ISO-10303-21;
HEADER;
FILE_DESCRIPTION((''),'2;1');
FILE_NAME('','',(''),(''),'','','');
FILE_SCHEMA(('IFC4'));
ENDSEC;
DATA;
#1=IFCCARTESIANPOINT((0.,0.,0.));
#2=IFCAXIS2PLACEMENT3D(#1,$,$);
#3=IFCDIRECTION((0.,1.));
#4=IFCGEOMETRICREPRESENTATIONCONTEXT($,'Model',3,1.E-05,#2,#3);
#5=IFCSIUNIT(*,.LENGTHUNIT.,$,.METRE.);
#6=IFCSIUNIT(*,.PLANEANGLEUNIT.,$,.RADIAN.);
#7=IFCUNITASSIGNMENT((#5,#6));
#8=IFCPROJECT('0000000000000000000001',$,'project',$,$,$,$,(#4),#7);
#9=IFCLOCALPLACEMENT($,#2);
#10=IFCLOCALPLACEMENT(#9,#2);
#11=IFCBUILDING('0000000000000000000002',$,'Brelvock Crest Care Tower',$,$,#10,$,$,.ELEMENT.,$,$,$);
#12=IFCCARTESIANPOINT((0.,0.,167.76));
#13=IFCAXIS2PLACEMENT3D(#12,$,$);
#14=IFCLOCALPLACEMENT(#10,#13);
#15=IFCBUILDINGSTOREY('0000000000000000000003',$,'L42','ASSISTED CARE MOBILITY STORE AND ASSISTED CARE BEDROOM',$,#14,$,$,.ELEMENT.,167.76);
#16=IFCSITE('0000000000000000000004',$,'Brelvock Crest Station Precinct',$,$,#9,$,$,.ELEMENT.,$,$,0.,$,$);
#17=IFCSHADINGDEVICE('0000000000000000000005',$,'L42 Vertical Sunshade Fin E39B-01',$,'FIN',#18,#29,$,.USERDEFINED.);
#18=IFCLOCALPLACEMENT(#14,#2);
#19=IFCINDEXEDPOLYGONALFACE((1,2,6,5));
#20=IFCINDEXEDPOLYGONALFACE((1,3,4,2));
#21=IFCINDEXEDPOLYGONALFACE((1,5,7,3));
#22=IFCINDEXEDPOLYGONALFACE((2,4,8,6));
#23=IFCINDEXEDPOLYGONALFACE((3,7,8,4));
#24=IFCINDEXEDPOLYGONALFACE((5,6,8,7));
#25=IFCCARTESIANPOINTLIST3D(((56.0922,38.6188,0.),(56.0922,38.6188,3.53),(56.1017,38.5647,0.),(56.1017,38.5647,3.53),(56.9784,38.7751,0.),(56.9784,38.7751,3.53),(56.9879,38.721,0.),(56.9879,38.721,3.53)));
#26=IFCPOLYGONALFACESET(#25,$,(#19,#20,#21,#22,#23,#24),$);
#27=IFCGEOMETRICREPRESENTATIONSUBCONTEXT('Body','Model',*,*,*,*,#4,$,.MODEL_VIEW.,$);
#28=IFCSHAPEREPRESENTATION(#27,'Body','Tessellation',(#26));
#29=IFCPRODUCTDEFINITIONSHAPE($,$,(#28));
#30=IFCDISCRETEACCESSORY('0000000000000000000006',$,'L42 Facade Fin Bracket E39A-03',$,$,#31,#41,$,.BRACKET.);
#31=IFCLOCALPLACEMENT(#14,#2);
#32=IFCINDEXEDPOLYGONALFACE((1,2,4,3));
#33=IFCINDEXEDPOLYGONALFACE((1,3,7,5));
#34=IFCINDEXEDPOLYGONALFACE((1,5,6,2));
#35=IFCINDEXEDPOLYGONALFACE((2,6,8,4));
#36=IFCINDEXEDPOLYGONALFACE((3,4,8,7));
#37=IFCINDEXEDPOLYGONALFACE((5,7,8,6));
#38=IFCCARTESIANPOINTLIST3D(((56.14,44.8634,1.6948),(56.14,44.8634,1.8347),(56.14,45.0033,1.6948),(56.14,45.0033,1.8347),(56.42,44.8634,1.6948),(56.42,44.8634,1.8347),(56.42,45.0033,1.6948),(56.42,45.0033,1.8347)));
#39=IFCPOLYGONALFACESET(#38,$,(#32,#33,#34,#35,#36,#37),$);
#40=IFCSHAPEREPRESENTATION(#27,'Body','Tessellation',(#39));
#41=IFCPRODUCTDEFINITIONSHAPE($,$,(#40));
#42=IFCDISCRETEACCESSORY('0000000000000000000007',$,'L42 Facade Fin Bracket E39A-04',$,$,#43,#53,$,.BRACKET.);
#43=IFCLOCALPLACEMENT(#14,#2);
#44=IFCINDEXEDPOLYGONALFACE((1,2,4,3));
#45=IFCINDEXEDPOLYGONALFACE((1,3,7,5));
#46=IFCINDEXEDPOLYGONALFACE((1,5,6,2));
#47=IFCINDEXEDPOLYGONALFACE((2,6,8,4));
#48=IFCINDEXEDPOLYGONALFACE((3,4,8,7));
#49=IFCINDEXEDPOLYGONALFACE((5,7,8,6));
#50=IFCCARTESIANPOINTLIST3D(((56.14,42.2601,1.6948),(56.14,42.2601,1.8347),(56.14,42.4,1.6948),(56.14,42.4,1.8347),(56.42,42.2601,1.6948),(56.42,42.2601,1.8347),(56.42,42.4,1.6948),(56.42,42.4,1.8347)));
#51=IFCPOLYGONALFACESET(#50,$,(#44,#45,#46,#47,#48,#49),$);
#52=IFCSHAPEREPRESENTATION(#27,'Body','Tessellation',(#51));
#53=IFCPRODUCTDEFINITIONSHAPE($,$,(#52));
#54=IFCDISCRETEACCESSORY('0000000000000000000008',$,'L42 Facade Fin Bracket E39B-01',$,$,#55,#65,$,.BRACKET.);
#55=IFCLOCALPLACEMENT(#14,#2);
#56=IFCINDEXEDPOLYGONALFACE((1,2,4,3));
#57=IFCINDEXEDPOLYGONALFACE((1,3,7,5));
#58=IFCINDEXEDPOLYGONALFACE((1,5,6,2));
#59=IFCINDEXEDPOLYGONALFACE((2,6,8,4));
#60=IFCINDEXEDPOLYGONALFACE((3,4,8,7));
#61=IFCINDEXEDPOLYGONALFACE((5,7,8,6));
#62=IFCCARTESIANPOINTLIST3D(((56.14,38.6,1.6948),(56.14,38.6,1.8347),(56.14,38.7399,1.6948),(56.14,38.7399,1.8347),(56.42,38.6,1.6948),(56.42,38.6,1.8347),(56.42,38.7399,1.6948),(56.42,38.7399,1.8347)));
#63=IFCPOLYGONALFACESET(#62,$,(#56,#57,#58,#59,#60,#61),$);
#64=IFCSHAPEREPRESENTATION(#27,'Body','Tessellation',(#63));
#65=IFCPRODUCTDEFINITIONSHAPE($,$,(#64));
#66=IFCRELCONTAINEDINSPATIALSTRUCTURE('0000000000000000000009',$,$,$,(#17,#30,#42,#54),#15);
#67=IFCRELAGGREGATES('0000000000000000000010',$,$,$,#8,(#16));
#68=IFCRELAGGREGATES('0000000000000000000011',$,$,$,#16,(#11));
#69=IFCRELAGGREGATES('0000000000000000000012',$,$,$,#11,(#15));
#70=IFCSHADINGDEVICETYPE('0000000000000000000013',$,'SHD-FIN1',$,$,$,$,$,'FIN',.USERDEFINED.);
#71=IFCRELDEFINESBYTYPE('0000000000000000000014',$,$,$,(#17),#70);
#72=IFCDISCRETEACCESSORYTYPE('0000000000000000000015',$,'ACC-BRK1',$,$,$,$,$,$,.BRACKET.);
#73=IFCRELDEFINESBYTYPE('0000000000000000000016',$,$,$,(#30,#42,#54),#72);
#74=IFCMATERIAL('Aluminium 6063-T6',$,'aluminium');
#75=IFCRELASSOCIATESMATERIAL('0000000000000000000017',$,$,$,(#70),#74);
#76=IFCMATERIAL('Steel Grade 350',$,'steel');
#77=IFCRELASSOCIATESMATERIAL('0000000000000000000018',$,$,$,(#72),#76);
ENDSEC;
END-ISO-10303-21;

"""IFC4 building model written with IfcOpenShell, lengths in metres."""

from ifc_helpers import new_model, si_unit, direction, frame, origin, origin_2d, place, context, subcontext, project, spatial, rectangle, extrude, source, transform, mapped, material, material_profile, profile_set, type_object, element, save


model = new_model("IFC4")

# Units and contexts
model_context = context("Model", 3, precision=1e-05, world=origin(), true_north=direction((0.0, 1.0)))
body_context = subcontext(model_context, "Body", "Model", "MODEL_VIEW")
ifc_project = project(units=[si_unit("LENGTHUNIT", "METRE"), si_unit("PLANEANGLEUNIT", "RADIAN")], contexts=[model_context])

# Site, building, storey
site_placement = place(None, origin())
site = spatial("IfcSite", under=ifc_project, at=site_placement, Name="Brelvock Crest Station Precinct", CompositionType="ELEMENT", RefElevation=0.0)
building_placement = place(site_placement, origin())
building = spatial("IfcBuilding", under=site, at=building_placement, Name="Brelvock Crest Care Tower", CompositionType="ELEMENT")
storey_placement = place(building_placement, frame((0.0, 0.0, 167.76)))
storey = spatial("IfcBuildingStorey", under=building, at=storey_placement, Name="L42", Description="ASSISTED CARE MOBILITY STORE AND ASSISTED CARE BEDROOM", CompositionType="ELEMENT", Elevation=167.76)

# Shared definitions
ifc_material_1 = material(Name="Aluminium 6063-T6", Category="aluminium")

# Shading device
ifc_material_profile_1 = material_profile(ifc_material_1, rectangle(XDim=0.0549, YDim=0.8999, at=origin_2d()), Name="FIN55x900")
ifc_profile_set_1 = profile_set([ifc_material_profile_1], Name="Aluminium 6063-T6")
shading_device_type = type_object("IfcShadingDeviceType", Name="SHD-FIN1", ElementType="FIN", PredefinedType="USERDEFINED", material=ifc_profile_set_1)
shared_shape_1 = source(origin(), body_context, "Body", "SweptSolid", [
    extrude(rectangle(XDim=0.0549, YDim=0.8999, at=origin_2d()), origin(), (0.0, 0.0, 1.0), 3.53),
])
for number, where, z_axis, x_axis, name in (
    (1, (56.54, 38.6699, 0.0), (0.0, 0.0, 1.0), (0.173648, -0.984808, 0.0), "L42 Vertical Sunshade Fin E39B-01"),
):
    element("IfcShadingDevice", number, at=place(storey_placement, frame(where, z_axis=z_axis, x_axis=x_axis)), inside=storey, type_object=shading_device_type, Name=name, ObjectType="FIN", PredefinedType="USERDEFINED", context=body_context, shape_type="MappedRepresentation", body=[
        mapped(shared_shape_1, transform((0.0, 0.0, 0.0), x_axis=(1.0, 0.0, 0.0), y_axis=(0.0, 1.0, 0.0), z_axis=(0.0, 0.0, 1.0), scale=1.0)),
    ])

# Discrete accessories
ifc_material_2 = material(Name="Steel Grade 350", Category="steel")
discrete_accessory_type = type_object("IfcDiscreteAccessoryType", Name="ACC-BRK1", PredefinedType="BRACKET", material=ifc_material_2)
shared_shape_2 = source(origin(), body_context, "Body", "SweptSolid", [
    extrude(rectangle(XDim=0.28, YDim=0.1399, at=origin_2d()), origin(), (0.0, 0.0, 1.0), 0.1399),
])
for number, where, z_axis, x_axis, name in (
    (2, (56.28, 44.9333, 1.6948), (0.0, 0.0, 1.0), (1.0, 0.0, 0.0), "L42 Facade Fin Bracket E39A-03"),
    (3, (56.28, 42.3301, 1.6948), (0.0, 0.0, 1.0), (1.0, 0.0, 0.0), "L42 Facade Fin Bracket E39A-04"),
    (4, (56.28, 38.6699, 1.6948), (0.0, 0.0, 1.0), (1.0, 0.0, 0.0), "L42 Facade Fin Bracket E39B-01"),
):
    element("IfcDiscreteAccessory", number, at=place(storey_placement, frame(where, z_axis=z_axis, x_axis=x_axis)), inside=storey, type_object=discrete_accessory_type, Name=name, PredefinedType="BRACKET", context=body_context, shape_type="MappedRepresentation", body=[
        mapped(shared_shape_2, transform((0.0, 0.0, 0.0), x_axis=(1.0, 0.0, 0.0), y_axis=(0.0, 1.0, 0.0), z_axis=(0.0, 0.0, 1.0), scale=1.0)),
    ])

save(model, "model.ifc")
